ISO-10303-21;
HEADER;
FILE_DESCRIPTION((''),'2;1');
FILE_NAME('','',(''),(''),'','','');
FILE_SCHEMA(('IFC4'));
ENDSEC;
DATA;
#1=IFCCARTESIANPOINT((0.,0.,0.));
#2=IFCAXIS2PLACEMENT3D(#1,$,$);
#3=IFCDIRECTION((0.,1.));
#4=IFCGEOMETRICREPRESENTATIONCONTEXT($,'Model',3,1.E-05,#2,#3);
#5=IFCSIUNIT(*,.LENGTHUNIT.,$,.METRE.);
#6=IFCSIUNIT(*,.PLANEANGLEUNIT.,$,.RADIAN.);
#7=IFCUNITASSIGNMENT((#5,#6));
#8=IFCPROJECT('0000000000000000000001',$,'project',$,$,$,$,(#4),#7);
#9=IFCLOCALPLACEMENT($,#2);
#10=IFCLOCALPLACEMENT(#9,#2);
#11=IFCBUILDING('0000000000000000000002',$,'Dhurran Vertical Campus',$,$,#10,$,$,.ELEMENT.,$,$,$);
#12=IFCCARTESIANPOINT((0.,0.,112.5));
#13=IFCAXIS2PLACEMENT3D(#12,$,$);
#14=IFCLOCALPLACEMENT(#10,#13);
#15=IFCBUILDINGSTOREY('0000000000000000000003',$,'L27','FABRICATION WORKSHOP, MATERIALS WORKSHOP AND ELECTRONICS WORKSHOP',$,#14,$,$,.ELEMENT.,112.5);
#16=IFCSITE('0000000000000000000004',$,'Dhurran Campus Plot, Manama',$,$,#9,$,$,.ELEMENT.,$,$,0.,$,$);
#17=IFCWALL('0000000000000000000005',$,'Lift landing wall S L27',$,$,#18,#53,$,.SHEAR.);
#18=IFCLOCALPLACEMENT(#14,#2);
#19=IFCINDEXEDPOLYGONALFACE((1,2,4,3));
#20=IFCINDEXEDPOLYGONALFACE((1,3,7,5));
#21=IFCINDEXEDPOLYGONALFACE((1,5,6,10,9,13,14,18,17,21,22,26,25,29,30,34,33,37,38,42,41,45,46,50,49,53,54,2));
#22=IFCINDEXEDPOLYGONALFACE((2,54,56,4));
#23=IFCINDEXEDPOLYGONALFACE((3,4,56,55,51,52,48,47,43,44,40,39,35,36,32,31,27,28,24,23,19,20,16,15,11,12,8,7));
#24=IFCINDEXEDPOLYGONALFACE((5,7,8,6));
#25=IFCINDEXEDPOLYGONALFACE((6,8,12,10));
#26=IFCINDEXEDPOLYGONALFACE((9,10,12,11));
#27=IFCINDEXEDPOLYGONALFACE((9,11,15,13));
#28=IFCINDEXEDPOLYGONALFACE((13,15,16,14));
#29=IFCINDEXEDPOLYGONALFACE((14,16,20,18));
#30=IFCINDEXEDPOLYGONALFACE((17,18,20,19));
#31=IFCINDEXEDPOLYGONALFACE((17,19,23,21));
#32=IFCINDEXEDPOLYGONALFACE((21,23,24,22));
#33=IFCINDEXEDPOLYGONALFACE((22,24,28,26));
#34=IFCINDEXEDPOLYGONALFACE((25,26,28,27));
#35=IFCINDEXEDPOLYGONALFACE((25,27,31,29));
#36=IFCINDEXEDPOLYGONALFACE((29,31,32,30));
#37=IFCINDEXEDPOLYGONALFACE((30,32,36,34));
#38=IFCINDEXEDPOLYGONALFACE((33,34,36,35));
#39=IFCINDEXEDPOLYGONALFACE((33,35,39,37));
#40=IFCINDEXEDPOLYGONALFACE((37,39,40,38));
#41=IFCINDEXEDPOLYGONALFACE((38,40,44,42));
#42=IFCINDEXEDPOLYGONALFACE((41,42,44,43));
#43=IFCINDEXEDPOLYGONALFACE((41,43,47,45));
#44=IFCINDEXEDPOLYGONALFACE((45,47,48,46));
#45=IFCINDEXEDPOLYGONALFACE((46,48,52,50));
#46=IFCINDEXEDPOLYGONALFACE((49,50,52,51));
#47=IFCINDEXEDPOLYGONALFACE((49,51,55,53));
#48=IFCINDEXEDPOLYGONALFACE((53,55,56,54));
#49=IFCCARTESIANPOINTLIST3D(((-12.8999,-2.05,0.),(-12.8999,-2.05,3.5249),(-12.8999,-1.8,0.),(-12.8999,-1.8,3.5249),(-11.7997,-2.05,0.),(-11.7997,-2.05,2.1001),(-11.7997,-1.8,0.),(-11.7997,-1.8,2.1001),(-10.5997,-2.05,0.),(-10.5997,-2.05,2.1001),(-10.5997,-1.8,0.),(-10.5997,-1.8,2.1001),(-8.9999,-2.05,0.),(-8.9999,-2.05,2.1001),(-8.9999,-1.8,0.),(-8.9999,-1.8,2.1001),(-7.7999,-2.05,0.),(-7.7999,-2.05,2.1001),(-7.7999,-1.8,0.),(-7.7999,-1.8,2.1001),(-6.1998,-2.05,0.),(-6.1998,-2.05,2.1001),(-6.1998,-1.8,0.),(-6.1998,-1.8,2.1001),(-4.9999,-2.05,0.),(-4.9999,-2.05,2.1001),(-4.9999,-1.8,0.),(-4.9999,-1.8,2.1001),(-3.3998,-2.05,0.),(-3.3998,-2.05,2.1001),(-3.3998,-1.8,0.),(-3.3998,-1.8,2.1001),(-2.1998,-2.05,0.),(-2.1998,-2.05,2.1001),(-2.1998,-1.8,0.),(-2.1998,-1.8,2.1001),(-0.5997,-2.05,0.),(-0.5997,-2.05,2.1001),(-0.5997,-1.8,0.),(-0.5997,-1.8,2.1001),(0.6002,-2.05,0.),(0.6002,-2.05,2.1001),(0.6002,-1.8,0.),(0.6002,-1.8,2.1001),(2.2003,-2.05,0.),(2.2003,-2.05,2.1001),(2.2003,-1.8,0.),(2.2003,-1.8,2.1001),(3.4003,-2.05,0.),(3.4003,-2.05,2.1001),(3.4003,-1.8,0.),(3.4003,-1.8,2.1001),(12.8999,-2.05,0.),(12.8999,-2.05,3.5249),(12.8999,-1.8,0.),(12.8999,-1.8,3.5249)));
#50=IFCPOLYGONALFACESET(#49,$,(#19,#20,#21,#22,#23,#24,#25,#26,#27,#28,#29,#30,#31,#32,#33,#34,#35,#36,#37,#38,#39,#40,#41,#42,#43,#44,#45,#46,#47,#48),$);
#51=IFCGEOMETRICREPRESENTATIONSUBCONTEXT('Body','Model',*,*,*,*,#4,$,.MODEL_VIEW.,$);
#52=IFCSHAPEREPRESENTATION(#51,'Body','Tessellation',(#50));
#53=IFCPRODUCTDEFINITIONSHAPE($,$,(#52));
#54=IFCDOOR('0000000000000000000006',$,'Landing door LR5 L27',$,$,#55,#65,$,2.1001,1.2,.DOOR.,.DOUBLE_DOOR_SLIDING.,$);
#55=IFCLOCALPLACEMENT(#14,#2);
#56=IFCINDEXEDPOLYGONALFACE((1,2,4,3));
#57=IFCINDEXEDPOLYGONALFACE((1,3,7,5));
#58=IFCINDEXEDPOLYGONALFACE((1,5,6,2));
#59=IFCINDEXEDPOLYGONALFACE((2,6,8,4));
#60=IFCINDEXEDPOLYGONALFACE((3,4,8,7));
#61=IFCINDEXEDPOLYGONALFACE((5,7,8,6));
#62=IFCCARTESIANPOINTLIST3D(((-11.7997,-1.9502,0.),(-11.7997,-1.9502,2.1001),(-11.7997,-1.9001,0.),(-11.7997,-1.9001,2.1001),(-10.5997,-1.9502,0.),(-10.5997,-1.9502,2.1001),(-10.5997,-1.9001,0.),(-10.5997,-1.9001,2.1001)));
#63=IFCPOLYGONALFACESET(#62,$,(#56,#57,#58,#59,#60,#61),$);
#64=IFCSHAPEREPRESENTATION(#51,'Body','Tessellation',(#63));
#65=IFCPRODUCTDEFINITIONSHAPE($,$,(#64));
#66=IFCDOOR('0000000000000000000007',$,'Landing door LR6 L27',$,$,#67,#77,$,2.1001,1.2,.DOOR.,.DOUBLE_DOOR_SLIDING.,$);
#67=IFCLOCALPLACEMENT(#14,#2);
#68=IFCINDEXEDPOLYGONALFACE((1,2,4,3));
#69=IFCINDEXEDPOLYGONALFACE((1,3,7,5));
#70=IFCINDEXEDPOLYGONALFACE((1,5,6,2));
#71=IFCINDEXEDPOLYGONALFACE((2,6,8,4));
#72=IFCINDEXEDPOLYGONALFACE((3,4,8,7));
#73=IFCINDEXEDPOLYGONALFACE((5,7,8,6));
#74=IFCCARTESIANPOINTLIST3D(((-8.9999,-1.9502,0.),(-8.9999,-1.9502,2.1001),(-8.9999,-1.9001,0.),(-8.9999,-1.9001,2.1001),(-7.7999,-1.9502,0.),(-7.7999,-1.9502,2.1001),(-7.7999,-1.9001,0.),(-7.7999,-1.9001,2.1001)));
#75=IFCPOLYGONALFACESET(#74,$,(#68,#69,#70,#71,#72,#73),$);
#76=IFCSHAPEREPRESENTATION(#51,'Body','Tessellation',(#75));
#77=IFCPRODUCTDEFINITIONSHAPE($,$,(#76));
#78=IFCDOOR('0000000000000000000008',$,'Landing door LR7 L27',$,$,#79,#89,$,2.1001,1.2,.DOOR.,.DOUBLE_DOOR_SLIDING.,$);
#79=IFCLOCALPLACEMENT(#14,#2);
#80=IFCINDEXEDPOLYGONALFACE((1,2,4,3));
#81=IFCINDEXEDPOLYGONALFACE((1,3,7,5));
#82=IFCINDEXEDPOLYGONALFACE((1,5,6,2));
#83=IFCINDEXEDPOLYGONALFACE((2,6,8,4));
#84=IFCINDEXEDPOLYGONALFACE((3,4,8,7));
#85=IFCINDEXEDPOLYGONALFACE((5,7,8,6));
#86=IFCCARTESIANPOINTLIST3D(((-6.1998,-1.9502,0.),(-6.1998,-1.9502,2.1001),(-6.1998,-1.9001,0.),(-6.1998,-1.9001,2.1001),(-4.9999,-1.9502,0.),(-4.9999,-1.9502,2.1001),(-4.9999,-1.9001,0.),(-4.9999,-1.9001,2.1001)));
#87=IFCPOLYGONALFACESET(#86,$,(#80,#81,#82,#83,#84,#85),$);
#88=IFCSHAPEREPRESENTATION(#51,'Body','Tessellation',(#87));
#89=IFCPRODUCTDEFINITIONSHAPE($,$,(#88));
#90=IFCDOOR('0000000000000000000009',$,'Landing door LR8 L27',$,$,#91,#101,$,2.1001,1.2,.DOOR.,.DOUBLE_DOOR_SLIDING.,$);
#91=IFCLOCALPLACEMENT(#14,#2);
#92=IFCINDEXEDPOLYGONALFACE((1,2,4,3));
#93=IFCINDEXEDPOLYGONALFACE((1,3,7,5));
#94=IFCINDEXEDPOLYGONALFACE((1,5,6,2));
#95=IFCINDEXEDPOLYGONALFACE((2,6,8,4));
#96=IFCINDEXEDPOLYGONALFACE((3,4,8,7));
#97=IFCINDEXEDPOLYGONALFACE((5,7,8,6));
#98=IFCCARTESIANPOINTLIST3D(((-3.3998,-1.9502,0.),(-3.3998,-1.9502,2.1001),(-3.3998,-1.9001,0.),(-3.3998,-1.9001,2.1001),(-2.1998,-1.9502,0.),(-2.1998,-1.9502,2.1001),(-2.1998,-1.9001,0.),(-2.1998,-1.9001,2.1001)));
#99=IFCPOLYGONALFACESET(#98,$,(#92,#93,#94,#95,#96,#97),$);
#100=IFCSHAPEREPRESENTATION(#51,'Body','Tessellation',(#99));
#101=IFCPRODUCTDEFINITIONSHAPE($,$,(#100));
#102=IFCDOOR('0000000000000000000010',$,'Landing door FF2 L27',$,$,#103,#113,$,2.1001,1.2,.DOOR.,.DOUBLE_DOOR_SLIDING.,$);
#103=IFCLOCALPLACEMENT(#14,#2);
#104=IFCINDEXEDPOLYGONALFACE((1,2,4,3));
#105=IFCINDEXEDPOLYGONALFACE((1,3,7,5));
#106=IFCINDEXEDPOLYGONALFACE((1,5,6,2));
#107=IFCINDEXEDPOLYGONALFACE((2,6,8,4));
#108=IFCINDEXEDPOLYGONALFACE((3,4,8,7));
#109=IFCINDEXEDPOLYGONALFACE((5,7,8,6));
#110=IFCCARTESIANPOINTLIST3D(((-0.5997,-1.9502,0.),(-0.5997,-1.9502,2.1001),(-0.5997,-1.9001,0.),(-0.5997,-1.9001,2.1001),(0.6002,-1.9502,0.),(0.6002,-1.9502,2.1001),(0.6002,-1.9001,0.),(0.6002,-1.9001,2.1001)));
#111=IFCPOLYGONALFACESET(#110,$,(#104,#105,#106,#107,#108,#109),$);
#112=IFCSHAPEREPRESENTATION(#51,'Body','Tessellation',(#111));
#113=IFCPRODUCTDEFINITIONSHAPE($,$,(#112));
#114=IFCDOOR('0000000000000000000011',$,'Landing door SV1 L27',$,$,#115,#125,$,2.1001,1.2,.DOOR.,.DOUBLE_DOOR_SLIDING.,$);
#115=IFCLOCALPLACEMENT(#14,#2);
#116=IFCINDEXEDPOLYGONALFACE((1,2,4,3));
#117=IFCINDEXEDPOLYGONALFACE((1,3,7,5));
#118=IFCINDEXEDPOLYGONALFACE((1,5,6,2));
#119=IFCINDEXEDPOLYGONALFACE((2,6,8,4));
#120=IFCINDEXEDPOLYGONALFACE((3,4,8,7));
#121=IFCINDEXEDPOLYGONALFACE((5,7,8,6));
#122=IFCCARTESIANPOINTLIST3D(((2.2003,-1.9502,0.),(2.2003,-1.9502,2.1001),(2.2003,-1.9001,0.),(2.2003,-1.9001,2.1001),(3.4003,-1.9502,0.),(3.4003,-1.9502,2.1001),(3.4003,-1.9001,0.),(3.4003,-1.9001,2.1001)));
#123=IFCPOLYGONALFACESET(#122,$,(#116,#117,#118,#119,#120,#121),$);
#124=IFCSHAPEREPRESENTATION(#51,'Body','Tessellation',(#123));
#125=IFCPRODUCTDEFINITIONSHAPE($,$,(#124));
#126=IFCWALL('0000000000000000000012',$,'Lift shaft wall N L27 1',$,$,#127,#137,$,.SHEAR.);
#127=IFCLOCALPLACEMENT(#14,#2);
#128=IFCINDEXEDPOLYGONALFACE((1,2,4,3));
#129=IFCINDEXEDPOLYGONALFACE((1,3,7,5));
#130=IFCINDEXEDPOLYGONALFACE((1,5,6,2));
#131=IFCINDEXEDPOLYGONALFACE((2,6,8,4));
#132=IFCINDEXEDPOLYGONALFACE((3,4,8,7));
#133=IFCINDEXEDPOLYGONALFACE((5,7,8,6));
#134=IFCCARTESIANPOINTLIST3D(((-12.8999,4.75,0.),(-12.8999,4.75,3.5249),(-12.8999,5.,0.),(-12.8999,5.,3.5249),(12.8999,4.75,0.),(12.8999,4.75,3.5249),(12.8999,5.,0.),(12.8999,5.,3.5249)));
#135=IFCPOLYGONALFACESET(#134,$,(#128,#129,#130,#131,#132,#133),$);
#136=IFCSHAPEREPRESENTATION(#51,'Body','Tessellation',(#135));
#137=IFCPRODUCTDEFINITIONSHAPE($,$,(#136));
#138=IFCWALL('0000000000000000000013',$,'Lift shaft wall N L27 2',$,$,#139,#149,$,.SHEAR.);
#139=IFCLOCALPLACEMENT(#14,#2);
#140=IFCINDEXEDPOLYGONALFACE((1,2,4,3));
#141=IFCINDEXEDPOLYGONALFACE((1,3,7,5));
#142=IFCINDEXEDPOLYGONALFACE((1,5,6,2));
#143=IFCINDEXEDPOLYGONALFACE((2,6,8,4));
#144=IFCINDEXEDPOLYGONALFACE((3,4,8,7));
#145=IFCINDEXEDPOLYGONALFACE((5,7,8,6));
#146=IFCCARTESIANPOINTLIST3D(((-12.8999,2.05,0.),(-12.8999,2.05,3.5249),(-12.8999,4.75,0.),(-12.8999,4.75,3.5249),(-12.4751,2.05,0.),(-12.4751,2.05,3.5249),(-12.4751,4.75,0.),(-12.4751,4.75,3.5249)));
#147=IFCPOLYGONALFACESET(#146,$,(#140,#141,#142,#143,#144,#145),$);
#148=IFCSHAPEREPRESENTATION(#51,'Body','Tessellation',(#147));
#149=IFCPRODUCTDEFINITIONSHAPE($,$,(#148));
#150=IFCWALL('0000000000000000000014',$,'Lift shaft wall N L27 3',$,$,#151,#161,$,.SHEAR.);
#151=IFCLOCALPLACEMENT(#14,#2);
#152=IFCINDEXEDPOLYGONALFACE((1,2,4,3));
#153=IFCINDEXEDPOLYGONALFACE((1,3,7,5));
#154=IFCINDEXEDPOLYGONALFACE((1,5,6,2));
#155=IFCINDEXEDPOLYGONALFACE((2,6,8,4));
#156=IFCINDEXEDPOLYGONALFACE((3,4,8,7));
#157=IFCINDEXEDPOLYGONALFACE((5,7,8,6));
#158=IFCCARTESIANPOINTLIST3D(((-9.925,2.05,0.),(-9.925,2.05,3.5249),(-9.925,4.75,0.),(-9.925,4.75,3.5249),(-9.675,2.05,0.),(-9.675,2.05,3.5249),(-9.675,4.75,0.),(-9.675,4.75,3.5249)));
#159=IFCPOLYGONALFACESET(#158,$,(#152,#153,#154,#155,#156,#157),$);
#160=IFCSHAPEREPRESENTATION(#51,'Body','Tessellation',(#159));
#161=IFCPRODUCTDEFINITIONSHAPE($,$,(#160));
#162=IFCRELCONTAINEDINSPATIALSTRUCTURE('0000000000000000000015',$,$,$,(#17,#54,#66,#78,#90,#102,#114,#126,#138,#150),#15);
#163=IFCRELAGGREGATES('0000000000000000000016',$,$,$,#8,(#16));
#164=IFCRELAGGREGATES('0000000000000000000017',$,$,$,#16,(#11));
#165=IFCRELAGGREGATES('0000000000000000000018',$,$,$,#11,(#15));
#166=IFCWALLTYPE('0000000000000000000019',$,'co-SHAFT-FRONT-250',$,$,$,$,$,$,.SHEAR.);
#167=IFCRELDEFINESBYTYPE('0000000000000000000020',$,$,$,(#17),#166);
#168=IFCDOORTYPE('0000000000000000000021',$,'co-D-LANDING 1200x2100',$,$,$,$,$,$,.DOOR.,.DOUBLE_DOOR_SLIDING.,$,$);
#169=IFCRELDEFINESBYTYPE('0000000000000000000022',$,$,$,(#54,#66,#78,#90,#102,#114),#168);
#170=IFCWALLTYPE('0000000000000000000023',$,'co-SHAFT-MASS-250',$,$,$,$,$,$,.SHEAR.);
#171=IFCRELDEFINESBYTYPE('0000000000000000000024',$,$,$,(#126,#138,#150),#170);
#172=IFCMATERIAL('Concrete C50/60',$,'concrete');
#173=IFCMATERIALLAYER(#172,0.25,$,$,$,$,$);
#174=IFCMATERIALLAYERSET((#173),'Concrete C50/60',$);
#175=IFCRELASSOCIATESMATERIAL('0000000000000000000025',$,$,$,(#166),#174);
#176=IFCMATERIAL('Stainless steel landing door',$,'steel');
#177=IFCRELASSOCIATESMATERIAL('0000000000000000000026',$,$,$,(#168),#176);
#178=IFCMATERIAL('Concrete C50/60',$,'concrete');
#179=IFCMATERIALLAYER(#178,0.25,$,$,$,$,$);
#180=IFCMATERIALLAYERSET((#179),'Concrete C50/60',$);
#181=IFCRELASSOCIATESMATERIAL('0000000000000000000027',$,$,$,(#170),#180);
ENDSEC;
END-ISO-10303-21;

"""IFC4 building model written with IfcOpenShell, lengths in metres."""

from ifc_helpers import new_model, si_unit, direction, frame, frame_2d, origin, place, context, subcontext, project, spatial, polyline, rectangle, outline, extrude, material, layer, layer_set, type_object, element, fill, save


model = new_model("IFC4")

# Units and contexts
model_context = context("Model", 3, precision=1e-05, world=origin(), true_north=direction((0.0, 1.0)))
body_context = subcontext(model_context, "Body", "Model", "MODEL_VIEW")
ifc_project = project(units=[si_unit("LENGTHUNIT", "METRE"), si_unit("PLANEANGLEUNIT", "RADIAN")], contexts=[model_context])

# Site, building, storey
site_placement = place(None, origin())
site = spatial("IfcSite", under=ifc_project, at=site_placement, Name="Dhurran Campus Plot, Manama", CompositionType="ELEMENT", RefElevation=0.0)
building_placement = place(site_placement, origin())
building = spatial("IfcBuilding", under=site, at=building_placement, Name="Dhurran Vertical Campus", CompositionType="ELEMENT")
storey_placement = place(building_placement, frame((0.0, 0.0, 112.5)))
storey = spatial("IfcBuildingStorey", under=building, at=storey_placement, Name="L27", Description="FABRICATION WORKSHOP, MATERIALS WORKSHOP AND ELECTRONICS WORKSHOP", CompositionType="ELEMENT", Elevation=112.5)

# Wall, openings, doors
ifc_material_1 = material(Name="Concrete C50/60", Category="concrete")
ifc_layer_1 = layer(ifc_material_1, 0.25)
ifc_layer_set_1 = layer_set([ifc_layer_1], Name="Concrete C50/60")
wall_type_1 = type_object("IfcWallType", Name="co-SHAFT-FRONT-250", PredefinedType="SHEAR", material=ifc_layer_set_1)
wall_1_placement = place(storey_placement, frame((-12.8999, -1.925, 0.0), z_axis=(0.0, 0.0, 1.0), x_axis=(1.0, 0.0, 0.0)))
wall_1 = element("IfcWall", 1, at=wall_1_placement, inside=storey, type_object=wall_type_1, Name="Lift landing wall S L27", PredefinedType="SHEAR", context=body_context, shape_type="SweptSolid", body=[
    extrude(rectangle(XDim=25.7998, YDim=0.25, at=frame_2d((12.8999, 0.0))), origin(), (0.0, 0.0, 1.0), 3.5249),
])
opening_1_placement = place(wall_1_placement, frame((1.1001, 0.0, 0.0)))
opening_1 = element("IfcOpeningElement", 2, at=opening_1_placement, cuts=wall_1, PredefinedType="OPENING", context=body_context, shape_type="SweptSolid", body=[
    extrude(rectangle(XDim=1.2, YDim=2.1001, at=frame_2d((0.6001, 1.05))), frame((0.0, 0.135, 0.0), z_axis=(0.0, -1.0, 0.0), x_axis=(1.0, 0.0, 0.0)), (0.0, 0.0, 1.0), 0.27),
])
opening_2_placement = place(wall_1_placement, frame((3.8999, 0.0, 0.0)))
opening_2 = element("IfcOpeningElement", 3, at=opening_2_placement, cuts=wall_1, PredefinedType="OPENING", context=body_context, shape_type="SweptSolid", body=[
    extrude(rectangle(XDim=1.2, YDim=2.1001, at=frame_2d((0.6001, 1.05))), frame((0.0, 0.135, 0.0), z_axis=(0.0, -1.0, 0.0), x_axis=(1.0, 0.0, 0.0)), (0.0, 0.0, 1.0), 0.27),
])
opening_3_placement = place(wall_1_placement, frame((6.7, 0.0, 0.0)))
opening_3 = element("IfcOpeningElement", 4, at=opening_3_placement, cuts=wall_1, PredefinedType="OPENING", context=body_context, shape_type="SweptSolid", body=[
    extrude(rectangle(XDim=1.2, YDim=2.1001, at=frame_2d((0.6001, 1.05))), frame((0.0, 0.135, 0.0), z_axis=(0.0, -1.0, 0.0), x_axis=(1.0, 0.0, 0.0)), (0.0, 0.0, 1.0), 0.27),
])
opening_4_placement = place(wall_1_placement, frame((9.5, 0.0, 0.0)))
opening_4 = element("IfcOpeningElement", 5, at=opening_4_placement, cuts=wall_1, PredefinedType="OPENING", context=body_context, shape_type="SweptSolid", body=[
    extrude(rectangle(XDim=1.2, YDim=2.1001, at=frame_2d((0.6001, 1.05))), frame((0.0, 0.135, 0.0), z_axis=(0.0, -1.0, 0.0), x_axis=(1.0, 0.0, 0.0)), (0.0, 0.0, 1.0), 0.27),
])
opening_5_placement = place(wall_1_placement, frame((12.3, 0.0, 0.0)))
opening_5 = element("IfcOpeningElement", 6, at=opening_5_placement, cuts=wall_1, PredefinedType="OPENING", context=body_context, shape_type="SweptSolid", body=[
    extrude(rectangle(XDim=1.2, YDim=2.1001, at=frame_2d((0.6001, 1.05))), frame((0.0, 0.135, 0.0), z_axis=(0.0, -1.0, 0.0), x_axis=(1.0, 0.0, 0.0)), (0.0, 0.0, 1.0), 0.27),
])
opening_6_placement = place(wall_1_placement, frame((15.1001, 0.0, 0.0)))
opening_6 = element("IfcOpeningElement", 7, at=opening_6_placement, cuts=wall_1, PredefinedType="OPENING", context=body_context, shape_type="SweptSolid", body=[
    extrude(rectangle(XDim=1.2, YDim=2.1001, at=frame_2d((0.6001, 1.05))), frame((0.0, 0.135, 0.0), z_axis=(0.0, -1.0, 0.0), x_axis=(1.0, 0.0, 0.0)), (0.0, 0.0, 1.0), 0.27),
])
ifc_material_2 = material(Name="Stainless steel landing door", Category="steel")
door_type_1 = type_object("IfcDoorType", Name="co-D-LANDING 1200x2100", OperationType="DOUBLE_DOOR_SLIDING", PredefinedType="DOOR", material=ifc_material_2)
door_1_placement = place(opening_1_placement, origin())
door_1 = element("IfcDoor", 8, at=door_1_placement, inside=storey, type_object=door_type_1, Name="Landing door LR5 L27", OperationType="DOUBLE_DOOR_SLIDING", OverallHeight=2.1001, OverallWidth=1.2, PredefinedType="DOOR", context=body_context, shape_type="SweptSolid", body=[
    extrude(rectangle(XDim=1.2, YDim=2.1001, at=frame_2d((0.6001, 1.05))), frame((0.0, 0.0249, 0.0), z_axis=(0.0, -1.0, 0.0), x_axis=(1.0, 0.0, 0.0)), (0.0, 0.0, 1.0), 0.05),
])
fill(opening_1, door_1)
door_2_placement = place(opening_2_placement, origin())
door_2 = element("IfcDoor", 9, at=door_2_placement, inside=storey, type_object=door_type_1, Name="Landing door LR6 L27", OperationType="DOUBLE_DOOR_SLIDING", OverallHeight=2.1001, OverallWidth=1.2, PredefinedType="DOOR", context=body_context, shape_type="SweptSolid", body=[
    extrude(rectangle(XDim=1.2, YDim=2.1001, at=frame_2d((0.6001, 1.05))), frame((0.0, 0.0249, 0.0), z_axis=(0.0, -1.0, 0.0), x_axis=(1.0, 0.0, 0.0)), (0.0, 0.0, 1.0), 0.05),
])
fill(opening_2, door_2)
door_3_placement = place(opening_3_placement, origin())
door_3 = element("IfcDoor", 10, at=door_3_placement, inside=storey, type_object=door_type_1, Name="Landing door LR7 L27", OperationType="DOUBLE_DOOR_SLIDING", OverallHeight=2.1001, OverallWidth=1.2, PredefinedType="DOOR", context=body_context, shape_type="SweptSolid", body=[
    extrude(rectangle(XDim=1.2, YDim=2.1001, at=frame_2d((0.6001, 1.05))), frame((0.0, 0.0249, 0.0), z_axis=(0.0, -1.0, 0.0), x_axis=(1.0, 0.0, 0.0)), (0.0, 0.0, 1.0), 0.05),
])
fill(opening_3, door_3)
door_4_placement = place(opening_4_placement, origin())
door_4 = element("IfcDoor", 11, at=door_4_placement, inside=storey, type_object=door_type_1, Name="Landing door LR8 L27", OperationType="DOUBLE_DOOR_SLIDING", OverallHeight=2.1001, OverallWidth=1.2, PredefinedType="DOOR", context=body_context, shape_type="SweptSolid", body=[
    extrude(rectangle(XDim=1.2, YDim=2.1001, at=frame_2d((0.6001, 1.05))), frame((0.0, 0.0249, 0.0), z_axis=(0.0, -1.0, 0.0), x_axis=(1.0, 0.0, 0.0)), (0.0, 0.0, 1.0), 0.05),
])
fill(opening_4, door_4)
door_5_placement = place(opening_5_placement, origin())
door_5 = element("IfcDoor", 12, at=door_5_placement, inside=storey, type_object=door_type_1, Name="Landing door FF2 L27", OperationType="DOUBLE_DOOR_SLIDING", OverallHeight=2.1001, OverallWidth=1.2, PredefinedType="DOOR", context=body_context, shape_type="SweptSolid", body=[
    extrude(rectangle(XDim=1.2, YDim=2.1001, at=frame_2d((0.6001, 1.05))), frame((0.0, 0.0249, 0.0), z_axis=(0.0, -1.0, 0.0), x_axis=(1.0, 0.0, 0.0)), (0.0, 0.0, 1.0), 0.05),
])
fill(opening_5, door_5)
door_6_placement = place(opening_6_placement, origin())
door_6 = element("IfcDoor", 13, at=door_6_placement, inside=storey, type_object=door_type_1, Name="Landing door SV1 L27", OperationType="DOUBLE_DOOR_SLIDING", OverallHeight=2.1001, OverallWidth=1.2, PredefinedType="DOOR", context=body_context, shape_type="SweptSolid", body=[
    extrude(rectangle(XDim=1.2, YDim=2.1001, at=frame_2d((0.6001, 1.05))), frame((0.0, 0.0249, 0.0), z_axis=(0.0, -1.0, 0.0), x_axis=(1.0, 0.0, 0.0)), (0.0, 0.0, 1.0), 0.05),
])
fill(opening_6, door_6)

# Walls
ifc_material_3 = material(Name="Concrete C50/60", Category="concrete")
ifc_layer_2 = layer(ifc_material_3, 0.25)
ifc_layer_set_2 = layer_set([ifc_layer_2], Name="Concrete C50/60")
wall_type_2 = type_object("IfcWallType", Name="co-SHAFT-MASS-250", PredefinedType="SHEAR", material=ifc_layer_set_2)
wall_2_placement = place(storey_placement, origin())
element("IfcWall", 14, at=wall_2_placement, inside=storey, type_object=wall_type_2, Name="Lift shaft wall N L27 1", PredefinedType="SHEAR", context=body_context, shape_type="SweptSolid", body=[
    extrude(outline(polyline([(-12.8999, 4.75), (12.8999, 4.75), (12.8999, 5.0), (-12.8999, 5.0), (-12.8999, 4.75)])), origin(), (0.0, 0.0, 1.0), 3.5249),
])
wall_3_placement = place(storey_placement, origin())
element("IfcWall", 15, at=wall_3_placement, inside=storey, type_object=wall_type_2, Name="Lift shaft wall N L27 2", PredefinedType="SHEAR", context=body_context, shape_type="SweptSolid", body=[
    extrude(outline(polyline([(-12.8999, 2.05), (-12.4751, 2.05), (-12.4751, 4.75), (-12.8999, 4.75), (-12.8999, 2.05)])), origin(), (0.0, 0.0, 1.0), 3.5249),
])
wall_4_placement = place(storey_placement, origin())
element("IfcWall", 16, at=wall_4_placement, inside=storey, type_object=wall_type_2, Name="Lift shaft wall N L27 3", PredefinedType="SHEAR", context=body_context, shape_type="SweptSolid", body=[
    extrude(outline(polyline([(-9.925, 2.05), (-9.675, 2.05), (-9.675, 4.75), (-9.925, 4.75), (-9.925, 2.05)])), origin(), (0.0, 0.0, 1.0), 3.5249),
])

save(model, "model.ifc")
